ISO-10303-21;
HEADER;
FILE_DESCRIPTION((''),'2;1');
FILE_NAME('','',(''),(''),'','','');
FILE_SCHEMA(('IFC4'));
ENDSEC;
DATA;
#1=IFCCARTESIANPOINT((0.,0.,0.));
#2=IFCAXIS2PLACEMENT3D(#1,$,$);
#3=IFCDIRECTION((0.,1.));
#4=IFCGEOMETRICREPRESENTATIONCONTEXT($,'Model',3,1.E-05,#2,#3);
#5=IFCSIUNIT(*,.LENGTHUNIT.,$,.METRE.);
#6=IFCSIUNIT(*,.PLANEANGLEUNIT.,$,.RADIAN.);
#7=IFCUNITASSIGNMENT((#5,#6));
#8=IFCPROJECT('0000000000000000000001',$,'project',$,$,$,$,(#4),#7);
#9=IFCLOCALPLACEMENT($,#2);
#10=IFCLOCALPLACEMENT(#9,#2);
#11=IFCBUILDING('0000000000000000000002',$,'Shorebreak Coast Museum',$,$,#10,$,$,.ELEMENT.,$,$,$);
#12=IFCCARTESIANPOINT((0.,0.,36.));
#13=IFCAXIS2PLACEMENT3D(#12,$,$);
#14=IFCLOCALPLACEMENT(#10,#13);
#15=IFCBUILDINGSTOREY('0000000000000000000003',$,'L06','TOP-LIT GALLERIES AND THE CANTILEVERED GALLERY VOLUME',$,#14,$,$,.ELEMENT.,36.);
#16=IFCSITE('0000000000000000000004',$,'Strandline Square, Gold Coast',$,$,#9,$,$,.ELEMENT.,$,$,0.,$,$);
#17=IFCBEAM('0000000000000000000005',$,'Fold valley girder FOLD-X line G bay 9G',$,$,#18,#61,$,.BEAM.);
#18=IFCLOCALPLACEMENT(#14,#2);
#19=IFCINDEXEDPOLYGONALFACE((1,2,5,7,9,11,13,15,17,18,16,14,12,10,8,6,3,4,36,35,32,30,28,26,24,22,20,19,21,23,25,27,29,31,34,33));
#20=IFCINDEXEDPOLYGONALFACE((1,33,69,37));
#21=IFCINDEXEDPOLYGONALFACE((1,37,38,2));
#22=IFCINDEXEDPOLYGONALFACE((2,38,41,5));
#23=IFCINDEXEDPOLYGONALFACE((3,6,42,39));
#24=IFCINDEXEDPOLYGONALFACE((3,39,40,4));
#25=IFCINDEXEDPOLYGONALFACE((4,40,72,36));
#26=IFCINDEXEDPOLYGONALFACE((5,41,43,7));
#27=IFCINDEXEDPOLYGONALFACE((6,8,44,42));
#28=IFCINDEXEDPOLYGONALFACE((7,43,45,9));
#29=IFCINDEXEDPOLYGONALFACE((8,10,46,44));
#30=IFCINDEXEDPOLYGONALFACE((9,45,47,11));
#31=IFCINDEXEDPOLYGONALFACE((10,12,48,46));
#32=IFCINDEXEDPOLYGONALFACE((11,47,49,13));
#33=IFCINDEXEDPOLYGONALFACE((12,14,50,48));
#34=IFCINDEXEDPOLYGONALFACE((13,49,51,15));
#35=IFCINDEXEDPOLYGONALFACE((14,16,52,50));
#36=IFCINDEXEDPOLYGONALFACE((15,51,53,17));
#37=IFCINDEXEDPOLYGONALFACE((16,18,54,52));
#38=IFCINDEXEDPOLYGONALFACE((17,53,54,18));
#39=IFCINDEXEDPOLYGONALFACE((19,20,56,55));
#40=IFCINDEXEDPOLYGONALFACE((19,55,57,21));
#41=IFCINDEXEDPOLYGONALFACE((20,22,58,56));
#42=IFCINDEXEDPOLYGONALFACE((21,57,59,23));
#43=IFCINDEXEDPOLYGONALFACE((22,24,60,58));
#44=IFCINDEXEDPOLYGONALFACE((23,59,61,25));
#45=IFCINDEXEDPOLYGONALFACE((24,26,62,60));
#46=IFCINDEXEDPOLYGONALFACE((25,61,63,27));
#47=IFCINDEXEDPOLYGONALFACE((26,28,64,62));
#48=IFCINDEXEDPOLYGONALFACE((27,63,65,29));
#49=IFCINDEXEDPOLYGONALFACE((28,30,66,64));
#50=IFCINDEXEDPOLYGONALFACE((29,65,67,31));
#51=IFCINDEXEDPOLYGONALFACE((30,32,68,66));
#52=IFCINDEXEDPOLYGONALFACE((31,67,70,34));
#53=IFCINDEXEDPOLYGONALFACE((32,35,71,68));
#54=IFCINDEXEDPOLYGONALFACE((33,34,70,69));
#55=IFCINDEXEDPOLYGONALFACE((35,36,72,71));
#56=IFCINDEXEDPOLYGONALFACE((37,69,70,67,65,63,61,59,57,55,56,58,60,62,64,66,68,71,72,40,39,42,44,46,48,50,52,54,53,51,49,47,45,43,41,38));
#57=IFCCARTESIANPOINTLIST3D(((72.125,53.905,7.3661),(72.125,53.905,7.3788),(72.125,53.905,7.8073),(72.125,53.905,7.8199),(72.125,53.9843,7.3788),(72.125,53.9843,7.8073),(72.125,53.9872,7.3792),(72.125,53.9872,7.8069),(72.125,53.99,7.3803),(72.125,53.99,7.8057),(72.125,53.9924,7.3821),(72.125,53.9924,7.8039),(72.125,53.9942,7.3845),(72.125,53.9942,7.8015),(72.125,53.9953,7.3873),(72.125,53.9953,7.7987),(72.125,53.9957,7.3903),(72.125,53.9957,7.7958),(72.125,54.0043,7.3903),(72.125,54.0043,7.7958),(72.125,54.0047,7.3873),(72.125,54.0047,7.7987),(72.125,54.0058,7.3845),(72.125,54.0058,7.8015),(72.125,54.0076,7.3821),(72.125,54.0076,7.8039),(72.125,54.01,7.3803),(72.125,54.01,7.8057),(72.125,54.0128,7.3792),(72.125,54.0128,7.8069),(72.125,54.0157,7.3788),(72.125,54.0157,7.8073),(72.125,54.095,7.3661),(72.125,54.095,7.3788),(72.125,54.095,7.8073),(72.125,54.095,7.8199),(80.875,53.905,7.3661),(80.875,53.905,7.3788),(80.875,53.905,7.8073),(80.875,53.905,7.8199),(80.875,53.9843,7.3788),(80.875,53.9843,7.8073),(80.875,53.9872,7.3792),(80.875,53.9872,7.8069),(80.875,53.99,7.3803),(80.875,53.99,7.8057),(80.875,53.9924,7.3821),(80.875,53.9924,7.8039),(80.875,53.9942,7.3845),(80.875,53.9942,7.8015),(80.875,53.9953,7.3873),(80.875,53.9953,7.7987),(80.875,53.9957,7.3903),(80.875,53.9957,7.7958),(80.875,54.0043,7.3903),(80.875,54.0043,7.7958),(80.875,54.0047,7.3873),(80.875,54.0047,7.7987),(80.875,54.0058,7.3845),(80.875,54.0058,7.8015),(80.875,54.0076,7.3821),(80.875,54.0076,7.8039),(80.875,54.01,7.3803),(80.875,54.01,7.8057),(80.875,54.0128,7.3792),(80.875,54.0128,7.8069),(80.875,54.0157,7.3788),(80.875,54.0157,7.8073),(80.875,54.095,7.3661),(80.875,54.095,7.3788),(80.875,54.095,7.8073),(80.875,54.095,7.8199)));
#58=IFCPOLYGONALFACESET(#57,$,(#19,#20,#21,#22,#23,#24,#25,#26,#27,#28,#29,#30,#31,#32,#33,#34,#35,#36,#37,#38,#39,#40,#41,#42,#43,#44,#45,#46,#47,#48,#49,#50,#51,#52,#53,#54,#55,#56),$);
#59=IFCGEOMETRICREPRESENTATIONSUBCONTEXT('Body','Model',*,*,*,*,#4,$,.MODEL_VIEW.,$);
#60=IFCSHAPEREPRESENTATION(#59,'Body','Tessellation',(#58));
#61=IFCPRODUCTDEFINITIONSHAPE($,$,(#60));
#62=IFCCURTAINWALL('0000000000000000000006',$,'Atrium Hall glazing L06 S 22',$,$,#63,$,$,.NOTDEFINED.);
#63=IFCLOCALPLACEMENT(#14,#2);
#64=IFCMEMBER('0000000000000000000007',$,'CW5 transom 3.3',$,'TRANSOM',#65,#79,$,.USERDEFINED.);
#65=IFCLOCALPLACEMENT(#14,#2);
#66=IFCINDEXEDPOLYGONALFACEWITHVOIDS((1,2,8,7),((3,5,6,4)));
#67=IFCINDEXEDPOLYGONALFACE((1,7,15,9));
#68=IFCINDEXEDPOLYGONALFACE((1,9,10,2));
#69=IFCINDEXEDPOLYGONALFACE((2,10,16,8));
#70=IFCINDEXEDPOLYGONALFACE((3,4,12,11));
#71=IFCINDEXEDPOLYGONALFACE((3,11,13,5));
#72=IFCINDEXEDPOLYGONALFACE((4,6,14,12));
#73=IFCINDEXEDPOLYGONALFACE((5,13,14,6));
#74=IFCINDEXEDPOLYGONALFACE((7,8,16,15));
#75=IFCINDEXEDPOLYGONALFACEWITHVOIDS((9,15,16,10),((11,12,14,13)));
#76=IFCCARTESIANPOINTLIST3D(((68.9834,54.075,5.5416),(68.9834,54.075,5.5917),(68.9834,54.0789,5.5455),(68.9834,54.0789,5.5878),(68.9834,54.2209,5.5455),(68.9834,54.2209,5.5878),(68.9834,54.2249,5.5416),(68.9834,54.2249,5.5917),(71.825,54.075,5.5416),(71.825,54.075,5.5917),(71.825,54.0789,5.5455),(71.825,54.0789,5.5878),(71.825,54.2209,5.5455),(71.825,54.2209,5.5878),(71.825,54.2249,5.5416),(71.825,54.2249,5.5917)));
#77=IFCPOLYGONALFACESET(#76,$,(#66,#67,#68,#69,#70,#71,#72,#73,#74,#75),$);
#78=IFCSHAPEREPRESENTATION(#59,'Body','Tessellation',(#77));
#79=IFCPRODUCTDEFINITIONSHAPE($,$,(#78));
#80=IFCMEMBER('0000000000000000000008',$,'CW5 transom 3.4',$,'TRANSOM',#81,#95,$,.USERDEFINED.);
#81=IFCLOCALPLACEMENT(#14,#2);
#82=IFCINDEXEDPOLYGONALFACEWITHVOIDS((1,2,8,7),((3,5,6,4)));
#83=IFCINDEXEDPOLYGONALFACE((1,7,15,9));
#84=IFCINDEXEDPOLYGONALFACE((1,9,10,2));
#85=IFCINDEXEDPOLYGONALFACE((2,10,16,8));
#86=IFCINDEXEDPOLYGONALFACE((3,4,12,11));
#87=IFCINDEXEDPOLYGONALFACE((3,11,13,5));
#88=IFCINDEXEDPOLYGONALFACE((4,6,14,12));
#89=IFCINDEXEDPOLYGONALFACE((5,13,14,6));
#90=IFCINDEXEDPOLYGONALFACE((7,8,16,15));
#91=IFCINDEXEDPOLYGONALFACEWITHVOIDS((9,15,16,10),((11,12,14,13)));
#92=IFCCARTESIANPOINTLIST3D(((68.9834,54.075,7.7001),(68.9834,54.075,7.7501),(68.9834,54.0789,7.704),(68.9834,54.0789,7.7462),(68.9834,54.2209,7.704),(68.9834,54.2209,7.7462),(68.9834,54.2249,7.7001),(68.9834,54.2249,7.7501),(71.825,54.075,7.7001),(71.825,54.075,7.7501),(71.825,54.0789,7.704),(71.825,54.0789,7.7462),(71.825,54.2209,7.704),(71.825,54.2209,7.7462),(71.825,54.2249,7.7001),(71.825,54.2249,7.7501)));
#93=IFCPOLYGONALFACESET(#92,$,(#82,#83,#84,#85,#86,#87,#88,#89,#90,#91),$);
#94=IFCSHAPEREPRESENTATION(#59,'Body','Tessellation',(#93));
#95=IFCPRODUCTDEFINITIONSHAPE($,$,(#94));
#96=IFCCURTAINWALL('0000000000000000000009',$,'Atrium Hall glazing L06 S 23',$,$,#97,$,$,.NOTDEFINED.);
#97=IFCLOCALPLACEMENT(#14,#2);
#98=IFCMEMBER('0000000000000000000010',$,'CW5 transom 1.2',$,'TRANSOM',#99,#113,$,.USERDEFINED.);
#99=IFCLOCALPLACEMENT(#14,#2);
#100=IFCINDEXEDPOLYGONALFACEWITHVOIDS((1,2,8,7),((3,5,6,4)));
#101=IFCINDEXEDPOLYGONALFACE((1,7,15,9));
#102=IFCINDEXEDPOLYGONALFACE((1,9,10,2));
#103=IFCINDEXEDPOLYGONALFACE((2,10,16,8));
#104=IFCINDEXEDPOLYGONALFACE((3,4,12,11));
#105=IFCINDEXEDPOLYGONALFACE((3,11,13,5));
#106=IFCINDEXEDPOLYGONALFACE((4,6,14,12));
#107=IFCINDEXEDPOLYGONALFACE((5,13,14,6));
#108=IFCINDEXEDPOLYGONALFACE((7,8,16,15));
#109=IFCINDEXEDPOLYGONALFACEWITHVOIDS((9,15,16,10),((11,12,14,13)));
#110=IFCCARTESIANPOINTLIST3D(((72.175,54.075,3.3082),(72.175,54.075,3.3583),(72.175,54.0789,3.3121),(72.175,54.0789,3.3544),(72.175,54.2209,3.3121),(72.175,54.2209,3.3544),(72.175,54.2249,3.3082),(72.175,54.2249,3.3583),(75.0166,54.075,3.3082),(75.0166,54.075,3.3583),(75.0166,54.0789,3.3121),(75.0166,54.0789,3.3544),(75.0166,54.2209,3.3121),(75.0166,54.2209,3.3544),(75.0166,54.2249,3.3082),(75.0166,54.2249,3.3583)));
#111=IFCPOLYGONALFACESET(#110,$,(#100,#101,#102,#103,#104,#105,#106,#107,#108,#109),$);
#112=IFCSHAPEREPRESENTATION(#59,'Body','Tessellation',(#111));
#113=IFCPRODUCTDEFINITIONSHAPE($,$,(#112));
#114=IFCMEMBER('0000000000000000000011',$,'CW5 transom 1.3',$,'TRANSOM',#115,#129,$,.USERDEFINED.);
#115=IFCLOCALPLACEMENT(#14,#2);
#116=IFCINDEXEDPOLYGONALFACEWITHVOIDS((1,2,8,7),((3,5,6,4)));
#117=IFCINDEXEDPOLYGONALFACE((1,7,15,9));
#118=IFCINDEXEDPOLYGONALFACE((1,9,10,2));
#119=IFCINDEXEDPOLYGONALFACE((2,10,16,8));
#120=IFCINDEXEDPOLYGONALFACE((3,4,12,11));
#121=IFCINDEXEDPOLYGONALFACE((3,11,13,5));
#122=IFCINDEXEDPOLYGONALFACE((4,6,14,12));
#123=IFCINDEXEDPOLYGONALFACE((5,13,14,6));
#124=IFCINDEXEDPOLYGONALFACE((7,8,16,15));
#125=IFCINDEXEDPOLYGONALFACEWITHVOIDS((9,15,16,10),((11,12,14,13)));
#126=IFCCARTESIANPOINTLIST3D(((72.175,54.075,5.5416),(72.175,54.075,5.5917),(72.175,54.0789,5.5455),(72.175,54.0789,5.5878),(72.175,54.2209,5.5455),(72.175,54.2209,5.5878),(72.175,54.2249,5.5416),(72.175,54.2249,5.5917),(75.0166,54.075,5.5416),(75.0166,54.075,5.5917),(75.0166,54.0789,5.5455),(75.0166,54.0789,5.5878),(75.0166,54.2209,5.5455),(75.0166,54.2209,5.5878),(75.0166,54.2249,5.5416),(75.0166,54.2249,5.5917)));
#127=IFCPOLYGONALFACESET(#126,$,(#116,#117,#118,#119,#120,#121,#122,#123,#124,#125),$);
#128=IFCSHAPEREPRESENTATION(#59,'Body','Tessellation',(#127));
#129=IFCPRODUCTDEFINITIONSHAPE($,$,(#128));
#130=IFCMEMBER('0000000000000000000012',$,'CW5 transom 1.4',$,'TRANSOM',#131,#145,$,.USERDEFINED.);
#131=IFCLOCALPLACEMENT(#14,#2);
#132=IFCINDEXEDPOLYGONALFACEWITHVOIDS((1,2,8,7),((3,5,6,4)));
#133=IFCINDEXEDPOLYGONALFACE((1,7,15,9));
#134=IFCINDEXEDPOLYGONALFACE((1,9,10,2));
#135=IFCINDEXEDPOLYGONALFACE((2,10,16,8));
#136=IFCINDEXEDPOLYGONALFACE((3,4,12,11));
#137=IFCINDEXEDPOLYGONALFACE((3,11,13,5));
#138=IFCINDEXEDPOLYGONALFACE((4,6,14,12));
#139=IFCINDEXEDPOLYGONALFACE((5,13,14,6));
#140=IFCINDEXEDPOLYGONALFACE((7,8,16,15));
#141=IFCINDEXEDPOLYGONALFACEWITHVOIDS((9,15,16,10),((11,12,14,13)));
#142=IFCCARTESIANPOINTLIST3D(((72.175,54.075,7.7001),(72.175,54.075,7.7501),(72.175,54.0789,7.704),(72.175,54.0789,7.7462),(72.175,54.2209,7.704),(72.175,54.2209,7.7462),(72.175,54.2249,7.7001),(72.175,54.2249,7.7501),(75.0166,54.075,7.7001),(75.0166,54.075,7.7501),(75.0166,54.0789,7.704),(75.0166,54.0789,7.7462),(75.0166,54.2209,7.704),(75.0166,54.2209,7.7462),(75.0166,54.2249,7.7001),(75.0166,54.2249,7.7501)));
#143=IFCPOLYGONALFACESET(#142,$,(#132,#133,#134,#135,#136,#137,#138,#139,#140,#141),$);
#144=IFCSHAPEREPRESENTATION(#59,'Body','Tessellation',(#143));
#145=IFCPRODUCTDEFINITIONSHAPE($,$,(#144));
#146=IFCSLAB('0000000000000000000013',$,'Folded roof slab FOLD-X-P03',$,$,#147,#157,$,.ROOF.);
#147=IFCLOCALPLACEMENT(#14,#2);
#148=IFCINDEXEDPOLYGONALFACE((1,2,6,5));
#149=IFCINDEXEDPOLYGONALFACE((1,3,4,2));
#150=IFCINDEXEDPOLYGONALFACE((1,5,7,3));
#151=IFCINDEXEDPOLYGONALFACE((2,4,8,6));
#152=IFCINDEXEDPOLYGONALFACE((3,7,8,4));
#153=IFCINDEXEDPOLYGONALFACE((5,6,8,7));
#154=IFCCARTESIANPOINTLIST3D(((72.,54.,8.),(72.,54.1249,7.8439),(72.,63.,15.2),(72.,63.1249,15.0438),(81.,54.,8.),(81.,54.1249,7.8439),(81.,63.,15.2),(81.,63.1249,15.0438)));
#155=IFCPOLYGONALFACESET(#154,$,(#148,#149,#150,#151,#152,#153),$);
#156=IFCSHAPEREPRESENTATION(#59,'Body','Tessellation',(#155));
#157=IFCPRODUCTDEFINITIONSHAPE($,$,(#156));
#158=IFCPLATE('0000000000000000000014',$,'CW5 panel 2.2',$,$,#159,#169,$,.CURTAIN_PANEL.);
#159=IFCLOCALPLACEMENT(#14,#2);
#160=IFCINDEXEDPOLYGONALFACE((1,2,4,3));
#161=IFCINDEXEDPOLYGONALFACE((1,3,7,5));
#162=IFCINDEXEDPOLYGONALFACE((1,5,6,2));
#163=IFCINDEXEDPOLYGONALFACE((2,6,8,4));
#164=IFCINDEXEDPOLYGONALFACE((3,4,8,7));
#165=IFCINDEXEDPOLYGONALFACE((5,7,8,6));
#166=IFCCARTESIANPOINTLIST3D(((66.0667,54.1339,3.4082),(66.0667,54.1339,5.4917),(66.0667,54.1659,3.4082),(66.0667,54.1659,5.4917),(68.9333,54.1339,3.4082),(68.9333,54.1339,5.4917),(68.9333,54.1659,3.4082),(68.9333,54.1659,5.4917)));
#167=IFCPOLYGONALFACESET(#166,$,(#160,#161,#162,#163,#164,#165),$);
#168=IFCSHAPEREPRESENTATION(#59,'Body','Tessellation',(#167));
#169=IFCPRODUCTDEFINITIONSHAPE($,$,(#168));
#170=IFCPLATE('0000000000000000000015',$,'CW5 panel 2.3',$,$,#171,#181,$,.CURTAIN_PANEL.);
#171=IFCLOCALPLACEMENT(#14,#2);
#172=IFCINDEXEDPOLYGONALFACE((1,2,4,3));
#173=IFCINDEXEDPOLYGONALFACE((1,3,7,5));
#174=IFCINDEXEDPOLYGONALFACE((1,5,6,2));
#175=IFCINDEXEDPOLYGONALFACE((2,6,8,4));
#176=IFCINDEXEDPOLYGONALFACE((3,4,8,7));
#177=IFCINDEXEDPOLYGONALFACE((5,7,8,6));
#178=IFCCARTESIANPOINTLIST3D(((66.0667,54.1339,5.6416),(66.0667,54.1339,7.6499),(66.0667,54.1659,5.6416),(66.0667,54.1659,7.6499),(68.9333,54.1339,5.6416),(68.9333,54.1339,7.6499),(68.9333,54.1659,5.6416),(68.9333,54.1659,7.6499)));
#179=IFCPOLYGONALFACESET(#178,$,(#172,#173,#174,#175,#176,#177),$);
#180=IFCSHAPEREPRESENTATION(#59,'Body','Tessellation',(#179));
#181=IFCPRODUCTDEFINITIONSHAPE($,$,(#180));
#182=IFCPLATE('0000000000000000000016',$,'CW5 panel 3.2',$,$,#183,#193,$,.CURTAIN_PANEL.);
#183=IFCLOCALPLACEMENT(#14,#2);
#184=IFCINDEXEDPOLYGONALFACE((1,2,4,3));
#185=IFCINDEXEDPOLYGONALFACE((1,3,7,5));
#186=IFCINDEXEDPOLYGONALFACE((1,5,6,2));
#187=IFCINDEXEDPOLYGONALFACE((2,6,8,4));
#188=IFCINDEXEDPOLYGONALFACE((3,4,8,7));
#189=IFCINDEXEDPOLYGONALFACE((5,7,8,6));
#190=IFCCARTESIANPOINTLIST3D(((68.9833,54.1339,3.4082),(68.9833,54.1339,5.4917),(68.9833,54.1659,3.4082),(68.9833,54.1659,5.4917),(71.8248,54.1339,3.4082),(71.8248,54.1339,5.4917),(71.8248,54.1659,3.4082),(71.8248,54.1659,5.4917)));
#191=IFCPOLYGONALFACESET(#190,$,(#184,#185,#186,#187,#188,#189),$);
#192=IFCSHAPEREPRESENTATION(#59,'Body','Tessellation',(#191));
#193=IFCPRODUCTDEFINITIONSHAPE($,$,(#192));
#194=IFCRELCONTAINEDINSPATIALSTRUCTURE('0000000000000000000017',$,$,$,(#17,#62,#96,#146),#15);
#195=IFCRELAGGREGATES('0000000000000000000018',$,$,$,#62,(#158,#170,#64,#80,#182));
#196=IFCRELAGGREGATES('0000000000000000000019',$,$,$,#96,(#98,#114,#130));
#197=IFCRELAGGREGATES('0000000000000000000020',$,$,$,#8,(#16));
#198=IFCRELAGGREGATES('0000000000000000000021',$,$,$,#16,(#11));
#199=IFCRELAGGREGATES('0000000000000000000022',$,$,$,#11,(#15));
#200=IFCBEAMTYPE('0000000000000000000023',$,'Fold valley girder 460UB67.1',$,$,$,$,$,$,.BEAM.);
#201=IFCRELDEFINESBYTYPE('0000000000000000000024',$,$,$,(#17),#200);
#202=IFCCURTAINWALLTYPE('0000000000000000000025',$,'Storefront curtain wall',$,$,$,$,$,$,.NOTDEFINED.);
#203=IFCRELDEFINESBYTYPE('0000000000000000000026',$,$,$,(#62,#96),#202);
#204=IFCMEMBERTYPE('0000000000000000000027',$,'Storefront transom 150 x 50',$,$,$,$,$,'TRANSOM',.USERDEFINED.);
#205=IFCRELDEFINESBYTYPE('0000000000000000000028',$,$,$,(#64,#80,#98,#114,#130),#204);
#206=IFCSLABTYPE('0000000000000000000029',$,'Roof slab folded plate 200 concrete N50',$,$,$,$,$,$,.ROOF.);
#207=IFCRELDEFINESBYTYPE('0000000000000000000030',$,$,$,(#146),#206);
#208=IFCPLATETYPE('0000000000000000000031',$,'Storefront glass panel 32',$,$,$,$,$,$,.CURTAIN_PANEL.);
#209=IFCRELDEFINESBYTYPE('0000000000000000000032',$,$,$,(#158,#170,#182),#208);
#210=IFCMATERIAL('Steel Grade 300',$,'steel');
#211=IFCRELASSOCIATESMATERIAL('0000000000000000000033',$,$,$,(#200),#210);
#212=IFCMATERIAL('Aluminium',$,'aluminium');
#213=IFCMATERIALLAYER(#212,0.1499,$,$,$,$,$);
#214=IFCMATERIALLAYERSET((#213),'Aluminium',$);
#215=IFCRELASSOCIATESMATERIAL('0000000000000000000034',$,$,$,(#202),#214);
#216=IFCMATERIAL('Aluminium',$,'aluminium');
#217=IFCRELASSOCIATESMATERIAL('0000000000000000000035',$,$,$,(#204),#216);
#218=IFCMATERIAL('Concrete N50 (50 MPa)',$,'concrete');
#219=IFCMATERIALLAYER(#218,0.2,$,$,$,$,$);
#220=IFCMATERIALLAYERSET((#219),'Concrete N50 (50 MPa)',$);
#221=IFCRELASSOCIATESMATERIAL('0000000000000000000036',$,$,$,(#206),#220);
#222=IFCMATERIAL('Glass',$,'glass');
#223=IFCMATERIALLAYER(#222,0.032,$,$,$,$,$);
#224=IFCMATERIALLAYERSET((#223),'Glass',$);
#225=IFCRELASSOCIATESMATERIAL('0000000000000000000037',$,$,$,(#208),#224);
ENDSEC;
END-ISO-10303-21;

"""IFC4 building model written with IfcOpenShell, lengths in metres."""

from ifc_helpers import new_model, si_unit, direction, frame, origin, origin_2d, place, context, subcontext, project, spatial, polyline, rectangle, hollow_rectangle, i_section, outline, extrude, material, layer, layer_set, material_profile, profile_set, type_object, element, aggregate, save


model = new_model("IFC4")

# Units and contexts
model_context = context("Model", 3, precision=1e-05, world=origin(), true_north=direction((0.0, 1.0)))
body_context = subcontext(model_context, "Body", "Model", "MODEL_VIEW")
ifc_project = project(units=[si_unit("LENGTHUNIT", "METRE"), si_unit("PLANEANGLEUNIT", "RADIAN")], contexts=[model_context])

# Site, building, storey
site_placement = place(None, origin())
site = spatial("IfcSite", under=ifc_project, at=site_placement, Name="Strandline Square, Gold Coast", CompositionType="ELEMENT", RefElevation=0.0)
building_placement = place(site_placement, origin())
building = spatial("IfcBuilding", under=site, at=building_placement, Name="Shorebreak Coast Museum", CompositionType="ELEMENT")
storey_placement = place(building_placement, frame((0.0, 0.0, 36.0)))
storey = spatial("IfcBuildingStorey", under=building, at=storey_placement, Name="L06", Description="TOP-LIT GALLERIES AND THE CANTILEVERED GALLERY VOLUME", CompositionType="ELEMENT", Elevation=36.0)

# Beam
ifc_material_1 = material(Name="Steel Grade 300", Category="steel")
ifc_material_profile_1 = material_profile(ifc_material_1, i_section(OverallWidth=0.1899, OverallDepth=0.4539, WebThickness=0.0085, FlangeThickness=0.0127, FilletRadius=0.0115, at=origin_2d()), Name="460UB67.1")
ifc_profile_set_1 = profile_set([ifc_material_profile_1], Name="Steel Grade 300")
beam_type_1 = type_object("IfcBeamType", Name="Fold valley girder 460UB67.1", PredefinedType="BEAM", material=ifc_profile_set_1)
beam_1_placement = place(storey_placement, frame((72.125, 54.0, 7.593), z_axis=(1.0, 0.0, 0.0), x_axis=(0.0, 1.0, 0.0)))
element("IfcBeam", 1, at=beam_1_placement, inside=storey, type_object=beam_type_1, Name="Fold valley girder FOLD-X line G bay 9G", PredefinedType="BEAM", context=body_context, shape_type="SweptSolid", body=[
    extrude(i_section(OverallWidth=0.1899, OverallDepth=0.4539, WebThickness=0.0085, FlangeThickness=0.0127, FilletRadius=0.0115, at=origin_2d()), origin(), (0.0, 0.0, 1.0), 8.75),
])

# Curtain walls, members
ifc_material_2 = material(Name="Aluminium", Category="aluminium")
ifc_layer_1 = layer(ifc_material_2, 0.1499)
ifc_layer_set_1 = layer_set([ifc_layer_1], Name="Aluminium")
curtain_wall_type = type_object("IfcCurtainWallType", Name="Storefront curtain wall", PredefinedType="NOTDEFINED", material=ifc_layer_set_1)
curtain_wall_1_placement = place(storey_placement, origin())
curtain_wall_1 = element("IfcCurtainWall", 2, at=curtain_wall_1_placement, inside=storey, type_object=curtain_wall_type, Name="Atrium Hall glazing L06 S 22", PredefinedType="NOTDEFINED")
ifc_material_3 = material(Name="Aluminium", Category="aluminium")
ifc_material_profile_2 = material_profile(ifc_material_3, hollow_rectangle(XDim=0.1499, YDim=0.05, WallThickness=0.0039, at=origin_2d()), Name="AL 50x150 RHS")
ifc_profile_set_2 = profile_set([ifc_material_profile_2], Name="Aluminium")
member_type_1 = type_object("IfcMemberType", Name="Storefront transom 150 x 50", ElementType="TRANSOM", PredefinedType="USERDEFINED", material=ifc_profile_set_2)
member_1_placement = place(storey_placement, frame((68.9834, 54.1499, 5.5667), z_axis=(1.0, 0.0, 0.0), x_axis=(0.0, 1.0, 0.0)))
member_1 = element("IfcMember", 3, at=member_1_placement, type_object=member_type_1, Name="CW5 transom 3.3", ObjectType="TRANSOM", PredefinedType="USERDEFINED", context=body_context, shape_type="SweptSolid", body=[
    extrude(hollow_rectangle(XDim=0.1499, YDim=0.05, WallThickness=0.0039, at=origin_2d()), origin(), (0.0, 0.0, 1.0), 2.8416),
])
member_2_placement = place(storey_placement, frame((68.9834, 54.1499, 7.7251), z_axis=(1.0, 0.0, 0.0), x_axis=(0.0, 1.0, 0.0)))
member_2 = element("IfcMember", 4, at=member_2_placement, type_object=member_type_1, Name="CW5 transom 3.4", ObjectType="TRANSOM", PredefinedType="USERDEFINED", context=body_context, shape_type="SweptSolid", body=[
    extrude(hollow_rectangle(XDim=0.1499, YDim=0.05, WallThickness=0.0039, at=origin_2d()), origin(), (0.0, 0.0, 1.0), 2.8416),
])
curtain_wall_2_placement = place(storey_placement, origin())
curtain_wall_2 = element("IfcCurtainWall", 5, at=curtain_wall_2_placement, inside=storey, type_object=curtain_wall_type, Name="Atrium Hall glazing L06 S 23", PredefinedType="NOTDEFINED")
member_3_placement = place(storey_placement, frame((72.175, 54.1499, 3.3333), z_axis=(1.0, 0.0, 0.0), x_axis=(0.0, 1.0, 0.0)))
member_3 = element("IfcMember", 6, at=member_3_placement, type_object=member_type_1, Name="CW5 transom 1.2", ObjectType="TRANSOM", PredefinedType="USERDEFINED", context=body_context, shape_type="SweptSolid", body=[
    extrude(hollow_rectangle(XDim=0.1499, YDim=0.05, WallThickness=0.0039, at=origin_2d()), origin(), (0.0, 0.0, 1.0), 2.8416),
])
member_4_placement = place(storey_placement, frame((72.175, 54.1499, 5.5667), z_axis=(1.0, 0.0, 0.0), x_axis=(0.0, 1.0, 0.0)))
member_4 = element("IfcMember", 7, at=member_4_placement, type_object=member_type_1, Name="CW5 transom 1.3", ObjectType="TRANSOM", PredefinedType="USERDEFINED", context=body_context, shape_type="SweptSolid", body=[
    extrude(hollow_rectangle(XDim=0.1499, YDim=0.05, WallThickness=0.0039, at=origin_2d()), origin(), (0.0, 0.0, 1.0), 2.8416),
])
member_5_placement = place(storey_placement, frame((72.175, 54.1499, 7.7251), z_axis=(1.0, 0.0, 0.0), x_axis=(0.0, 1.0, 0.0)))
member_5 = element("IfcMember", 8, at=member_5_placement, type_object=member_type_1, Name="CW5 transom 1.4", ObjectType="TRANSOM", PredefinedType="USERDEFINED", context=body_context, shape_type="SweptSolid", body=[
    extrude(hollow_rectangle(XDim=0.1499, YDim=0.05, WallThickness=0.0039, at=origin_2d()), origin(), (0.0, 0.0, 1.0), 2.8416),
])

# Slab
ifc_material_4 = material(Name="Concrete N50 (50 MPa)", Category="concrete")
ifc_layer_2 = layer(ifc_material_4, 0.2)
ifc_layer_set_2 = layer_set([ifc_layer_2], Name="Concrete N50 (50 MPa)")
slab_type = type_object("IfcSlabType", Name="Roof slab folded plate 200 concrete N50", PredefinedType="ROOF", material=ifc_layer_set_2)
slab_placement = place(storey_placement, frame((72.0, 54.0, 8.0), z_axis=(0.0, -0.624692, 0.780871), x_axis=(1.0, 0.0, 0.0)))
element("IfcSlab", 9, at=slab_placement, inside=storey, type_object=slab_type, Name="Folded roof slab FOLD-X-P03", PredefinedType="ROOF", context=body_context, shape_type="SweptSolid", body=[
    extrude(outline(polyline([(0.0, 0.0), (9.0, 0.0), (9.0, 11.5256), (0.0, 11.5256), (0.0, 0.0)])), origin(), (0.0, 0.0, -1.0), 0.2),
])

# Plates
ifc_material_5 = material(Name="Glass", Category="glass")
ifc_layer_3 = layer(ifc_material_5, 0.032)
ifc_layer_set_3 = layer_set([ifc_layer_3], Name="Glass")
plate_type = type_object("IfcPlateType", Name="Storefront glass panel 32", PredefinedType="CURTAIN_PANEL", material=ifc_layer_set_3)
plate_1_placement = place(storey_placement, frame((67.5, 54.1499, 3.4082), z_axis=(0.0, 0.0, 1.0), x_axis=(1.0, 0.0, 0.0)))
plate_1 = element("IfcPlate", 10, at=plate_1_placement, type_object=plate_type, Name="CW5 panel 2.2", PredefinedType="CURTAIN_PANEL", context=body_context, shape_type="SweptSolid", body=[
    extrude(rectangle(XDim=2.8667, YDim=0.032, at=origin_2d()), origin(), (0.0, 0.0, 1.0), 2.0835),
])
plate_2_placement = place(storey_placement, frame((67.5, 54.1499, 5.6416), z_axis=(0.0, 0.0, 1.0), x_axis=(1.0, 0.0, 0.0)))
plate_2 = element("IfcPlate", 11, at=plate_2_placement, type_object=plate_type, Name="CW5 panel 2.3", PredefinedType="CURTAIN_PANEL", context=body_context, shape_type="SweptSolid", body=[
    extrude(rectangle(XDim=2.8667, YDim=0.032, at=origin_2d()), origin(), (0.0, 0.0, 1.0), 2.0083),
])
plate_3_placement = place(storey_placement, frame((70.4041, 54.1499, 3.4082), z_axis=(0.0, 0.0, 1.0), x_axis=(1.0, 0.0, 0.0)))
plate_3 = element("IfcPlate", 12, at=plate_3_placement, type_object=plate_type, Name="CW5 panel 3.2", PredefinedType="CURTAIN_PANEL", context=body_context, shape_type="SweptSolid", body=[
    extrude(rectangle(XDim=2.8416, YDim=0.032, at=origin_2d()), origin(), (0.0, 0.0, 1.0), 2.0835),
])
aggregate(curtain_wall_1, [plate_1, plate_2, member_1, member_2, plate_3])
aggregate(curtain_wall_2, [member_3, member_4, member_5])

save(model, "model.ifc")
